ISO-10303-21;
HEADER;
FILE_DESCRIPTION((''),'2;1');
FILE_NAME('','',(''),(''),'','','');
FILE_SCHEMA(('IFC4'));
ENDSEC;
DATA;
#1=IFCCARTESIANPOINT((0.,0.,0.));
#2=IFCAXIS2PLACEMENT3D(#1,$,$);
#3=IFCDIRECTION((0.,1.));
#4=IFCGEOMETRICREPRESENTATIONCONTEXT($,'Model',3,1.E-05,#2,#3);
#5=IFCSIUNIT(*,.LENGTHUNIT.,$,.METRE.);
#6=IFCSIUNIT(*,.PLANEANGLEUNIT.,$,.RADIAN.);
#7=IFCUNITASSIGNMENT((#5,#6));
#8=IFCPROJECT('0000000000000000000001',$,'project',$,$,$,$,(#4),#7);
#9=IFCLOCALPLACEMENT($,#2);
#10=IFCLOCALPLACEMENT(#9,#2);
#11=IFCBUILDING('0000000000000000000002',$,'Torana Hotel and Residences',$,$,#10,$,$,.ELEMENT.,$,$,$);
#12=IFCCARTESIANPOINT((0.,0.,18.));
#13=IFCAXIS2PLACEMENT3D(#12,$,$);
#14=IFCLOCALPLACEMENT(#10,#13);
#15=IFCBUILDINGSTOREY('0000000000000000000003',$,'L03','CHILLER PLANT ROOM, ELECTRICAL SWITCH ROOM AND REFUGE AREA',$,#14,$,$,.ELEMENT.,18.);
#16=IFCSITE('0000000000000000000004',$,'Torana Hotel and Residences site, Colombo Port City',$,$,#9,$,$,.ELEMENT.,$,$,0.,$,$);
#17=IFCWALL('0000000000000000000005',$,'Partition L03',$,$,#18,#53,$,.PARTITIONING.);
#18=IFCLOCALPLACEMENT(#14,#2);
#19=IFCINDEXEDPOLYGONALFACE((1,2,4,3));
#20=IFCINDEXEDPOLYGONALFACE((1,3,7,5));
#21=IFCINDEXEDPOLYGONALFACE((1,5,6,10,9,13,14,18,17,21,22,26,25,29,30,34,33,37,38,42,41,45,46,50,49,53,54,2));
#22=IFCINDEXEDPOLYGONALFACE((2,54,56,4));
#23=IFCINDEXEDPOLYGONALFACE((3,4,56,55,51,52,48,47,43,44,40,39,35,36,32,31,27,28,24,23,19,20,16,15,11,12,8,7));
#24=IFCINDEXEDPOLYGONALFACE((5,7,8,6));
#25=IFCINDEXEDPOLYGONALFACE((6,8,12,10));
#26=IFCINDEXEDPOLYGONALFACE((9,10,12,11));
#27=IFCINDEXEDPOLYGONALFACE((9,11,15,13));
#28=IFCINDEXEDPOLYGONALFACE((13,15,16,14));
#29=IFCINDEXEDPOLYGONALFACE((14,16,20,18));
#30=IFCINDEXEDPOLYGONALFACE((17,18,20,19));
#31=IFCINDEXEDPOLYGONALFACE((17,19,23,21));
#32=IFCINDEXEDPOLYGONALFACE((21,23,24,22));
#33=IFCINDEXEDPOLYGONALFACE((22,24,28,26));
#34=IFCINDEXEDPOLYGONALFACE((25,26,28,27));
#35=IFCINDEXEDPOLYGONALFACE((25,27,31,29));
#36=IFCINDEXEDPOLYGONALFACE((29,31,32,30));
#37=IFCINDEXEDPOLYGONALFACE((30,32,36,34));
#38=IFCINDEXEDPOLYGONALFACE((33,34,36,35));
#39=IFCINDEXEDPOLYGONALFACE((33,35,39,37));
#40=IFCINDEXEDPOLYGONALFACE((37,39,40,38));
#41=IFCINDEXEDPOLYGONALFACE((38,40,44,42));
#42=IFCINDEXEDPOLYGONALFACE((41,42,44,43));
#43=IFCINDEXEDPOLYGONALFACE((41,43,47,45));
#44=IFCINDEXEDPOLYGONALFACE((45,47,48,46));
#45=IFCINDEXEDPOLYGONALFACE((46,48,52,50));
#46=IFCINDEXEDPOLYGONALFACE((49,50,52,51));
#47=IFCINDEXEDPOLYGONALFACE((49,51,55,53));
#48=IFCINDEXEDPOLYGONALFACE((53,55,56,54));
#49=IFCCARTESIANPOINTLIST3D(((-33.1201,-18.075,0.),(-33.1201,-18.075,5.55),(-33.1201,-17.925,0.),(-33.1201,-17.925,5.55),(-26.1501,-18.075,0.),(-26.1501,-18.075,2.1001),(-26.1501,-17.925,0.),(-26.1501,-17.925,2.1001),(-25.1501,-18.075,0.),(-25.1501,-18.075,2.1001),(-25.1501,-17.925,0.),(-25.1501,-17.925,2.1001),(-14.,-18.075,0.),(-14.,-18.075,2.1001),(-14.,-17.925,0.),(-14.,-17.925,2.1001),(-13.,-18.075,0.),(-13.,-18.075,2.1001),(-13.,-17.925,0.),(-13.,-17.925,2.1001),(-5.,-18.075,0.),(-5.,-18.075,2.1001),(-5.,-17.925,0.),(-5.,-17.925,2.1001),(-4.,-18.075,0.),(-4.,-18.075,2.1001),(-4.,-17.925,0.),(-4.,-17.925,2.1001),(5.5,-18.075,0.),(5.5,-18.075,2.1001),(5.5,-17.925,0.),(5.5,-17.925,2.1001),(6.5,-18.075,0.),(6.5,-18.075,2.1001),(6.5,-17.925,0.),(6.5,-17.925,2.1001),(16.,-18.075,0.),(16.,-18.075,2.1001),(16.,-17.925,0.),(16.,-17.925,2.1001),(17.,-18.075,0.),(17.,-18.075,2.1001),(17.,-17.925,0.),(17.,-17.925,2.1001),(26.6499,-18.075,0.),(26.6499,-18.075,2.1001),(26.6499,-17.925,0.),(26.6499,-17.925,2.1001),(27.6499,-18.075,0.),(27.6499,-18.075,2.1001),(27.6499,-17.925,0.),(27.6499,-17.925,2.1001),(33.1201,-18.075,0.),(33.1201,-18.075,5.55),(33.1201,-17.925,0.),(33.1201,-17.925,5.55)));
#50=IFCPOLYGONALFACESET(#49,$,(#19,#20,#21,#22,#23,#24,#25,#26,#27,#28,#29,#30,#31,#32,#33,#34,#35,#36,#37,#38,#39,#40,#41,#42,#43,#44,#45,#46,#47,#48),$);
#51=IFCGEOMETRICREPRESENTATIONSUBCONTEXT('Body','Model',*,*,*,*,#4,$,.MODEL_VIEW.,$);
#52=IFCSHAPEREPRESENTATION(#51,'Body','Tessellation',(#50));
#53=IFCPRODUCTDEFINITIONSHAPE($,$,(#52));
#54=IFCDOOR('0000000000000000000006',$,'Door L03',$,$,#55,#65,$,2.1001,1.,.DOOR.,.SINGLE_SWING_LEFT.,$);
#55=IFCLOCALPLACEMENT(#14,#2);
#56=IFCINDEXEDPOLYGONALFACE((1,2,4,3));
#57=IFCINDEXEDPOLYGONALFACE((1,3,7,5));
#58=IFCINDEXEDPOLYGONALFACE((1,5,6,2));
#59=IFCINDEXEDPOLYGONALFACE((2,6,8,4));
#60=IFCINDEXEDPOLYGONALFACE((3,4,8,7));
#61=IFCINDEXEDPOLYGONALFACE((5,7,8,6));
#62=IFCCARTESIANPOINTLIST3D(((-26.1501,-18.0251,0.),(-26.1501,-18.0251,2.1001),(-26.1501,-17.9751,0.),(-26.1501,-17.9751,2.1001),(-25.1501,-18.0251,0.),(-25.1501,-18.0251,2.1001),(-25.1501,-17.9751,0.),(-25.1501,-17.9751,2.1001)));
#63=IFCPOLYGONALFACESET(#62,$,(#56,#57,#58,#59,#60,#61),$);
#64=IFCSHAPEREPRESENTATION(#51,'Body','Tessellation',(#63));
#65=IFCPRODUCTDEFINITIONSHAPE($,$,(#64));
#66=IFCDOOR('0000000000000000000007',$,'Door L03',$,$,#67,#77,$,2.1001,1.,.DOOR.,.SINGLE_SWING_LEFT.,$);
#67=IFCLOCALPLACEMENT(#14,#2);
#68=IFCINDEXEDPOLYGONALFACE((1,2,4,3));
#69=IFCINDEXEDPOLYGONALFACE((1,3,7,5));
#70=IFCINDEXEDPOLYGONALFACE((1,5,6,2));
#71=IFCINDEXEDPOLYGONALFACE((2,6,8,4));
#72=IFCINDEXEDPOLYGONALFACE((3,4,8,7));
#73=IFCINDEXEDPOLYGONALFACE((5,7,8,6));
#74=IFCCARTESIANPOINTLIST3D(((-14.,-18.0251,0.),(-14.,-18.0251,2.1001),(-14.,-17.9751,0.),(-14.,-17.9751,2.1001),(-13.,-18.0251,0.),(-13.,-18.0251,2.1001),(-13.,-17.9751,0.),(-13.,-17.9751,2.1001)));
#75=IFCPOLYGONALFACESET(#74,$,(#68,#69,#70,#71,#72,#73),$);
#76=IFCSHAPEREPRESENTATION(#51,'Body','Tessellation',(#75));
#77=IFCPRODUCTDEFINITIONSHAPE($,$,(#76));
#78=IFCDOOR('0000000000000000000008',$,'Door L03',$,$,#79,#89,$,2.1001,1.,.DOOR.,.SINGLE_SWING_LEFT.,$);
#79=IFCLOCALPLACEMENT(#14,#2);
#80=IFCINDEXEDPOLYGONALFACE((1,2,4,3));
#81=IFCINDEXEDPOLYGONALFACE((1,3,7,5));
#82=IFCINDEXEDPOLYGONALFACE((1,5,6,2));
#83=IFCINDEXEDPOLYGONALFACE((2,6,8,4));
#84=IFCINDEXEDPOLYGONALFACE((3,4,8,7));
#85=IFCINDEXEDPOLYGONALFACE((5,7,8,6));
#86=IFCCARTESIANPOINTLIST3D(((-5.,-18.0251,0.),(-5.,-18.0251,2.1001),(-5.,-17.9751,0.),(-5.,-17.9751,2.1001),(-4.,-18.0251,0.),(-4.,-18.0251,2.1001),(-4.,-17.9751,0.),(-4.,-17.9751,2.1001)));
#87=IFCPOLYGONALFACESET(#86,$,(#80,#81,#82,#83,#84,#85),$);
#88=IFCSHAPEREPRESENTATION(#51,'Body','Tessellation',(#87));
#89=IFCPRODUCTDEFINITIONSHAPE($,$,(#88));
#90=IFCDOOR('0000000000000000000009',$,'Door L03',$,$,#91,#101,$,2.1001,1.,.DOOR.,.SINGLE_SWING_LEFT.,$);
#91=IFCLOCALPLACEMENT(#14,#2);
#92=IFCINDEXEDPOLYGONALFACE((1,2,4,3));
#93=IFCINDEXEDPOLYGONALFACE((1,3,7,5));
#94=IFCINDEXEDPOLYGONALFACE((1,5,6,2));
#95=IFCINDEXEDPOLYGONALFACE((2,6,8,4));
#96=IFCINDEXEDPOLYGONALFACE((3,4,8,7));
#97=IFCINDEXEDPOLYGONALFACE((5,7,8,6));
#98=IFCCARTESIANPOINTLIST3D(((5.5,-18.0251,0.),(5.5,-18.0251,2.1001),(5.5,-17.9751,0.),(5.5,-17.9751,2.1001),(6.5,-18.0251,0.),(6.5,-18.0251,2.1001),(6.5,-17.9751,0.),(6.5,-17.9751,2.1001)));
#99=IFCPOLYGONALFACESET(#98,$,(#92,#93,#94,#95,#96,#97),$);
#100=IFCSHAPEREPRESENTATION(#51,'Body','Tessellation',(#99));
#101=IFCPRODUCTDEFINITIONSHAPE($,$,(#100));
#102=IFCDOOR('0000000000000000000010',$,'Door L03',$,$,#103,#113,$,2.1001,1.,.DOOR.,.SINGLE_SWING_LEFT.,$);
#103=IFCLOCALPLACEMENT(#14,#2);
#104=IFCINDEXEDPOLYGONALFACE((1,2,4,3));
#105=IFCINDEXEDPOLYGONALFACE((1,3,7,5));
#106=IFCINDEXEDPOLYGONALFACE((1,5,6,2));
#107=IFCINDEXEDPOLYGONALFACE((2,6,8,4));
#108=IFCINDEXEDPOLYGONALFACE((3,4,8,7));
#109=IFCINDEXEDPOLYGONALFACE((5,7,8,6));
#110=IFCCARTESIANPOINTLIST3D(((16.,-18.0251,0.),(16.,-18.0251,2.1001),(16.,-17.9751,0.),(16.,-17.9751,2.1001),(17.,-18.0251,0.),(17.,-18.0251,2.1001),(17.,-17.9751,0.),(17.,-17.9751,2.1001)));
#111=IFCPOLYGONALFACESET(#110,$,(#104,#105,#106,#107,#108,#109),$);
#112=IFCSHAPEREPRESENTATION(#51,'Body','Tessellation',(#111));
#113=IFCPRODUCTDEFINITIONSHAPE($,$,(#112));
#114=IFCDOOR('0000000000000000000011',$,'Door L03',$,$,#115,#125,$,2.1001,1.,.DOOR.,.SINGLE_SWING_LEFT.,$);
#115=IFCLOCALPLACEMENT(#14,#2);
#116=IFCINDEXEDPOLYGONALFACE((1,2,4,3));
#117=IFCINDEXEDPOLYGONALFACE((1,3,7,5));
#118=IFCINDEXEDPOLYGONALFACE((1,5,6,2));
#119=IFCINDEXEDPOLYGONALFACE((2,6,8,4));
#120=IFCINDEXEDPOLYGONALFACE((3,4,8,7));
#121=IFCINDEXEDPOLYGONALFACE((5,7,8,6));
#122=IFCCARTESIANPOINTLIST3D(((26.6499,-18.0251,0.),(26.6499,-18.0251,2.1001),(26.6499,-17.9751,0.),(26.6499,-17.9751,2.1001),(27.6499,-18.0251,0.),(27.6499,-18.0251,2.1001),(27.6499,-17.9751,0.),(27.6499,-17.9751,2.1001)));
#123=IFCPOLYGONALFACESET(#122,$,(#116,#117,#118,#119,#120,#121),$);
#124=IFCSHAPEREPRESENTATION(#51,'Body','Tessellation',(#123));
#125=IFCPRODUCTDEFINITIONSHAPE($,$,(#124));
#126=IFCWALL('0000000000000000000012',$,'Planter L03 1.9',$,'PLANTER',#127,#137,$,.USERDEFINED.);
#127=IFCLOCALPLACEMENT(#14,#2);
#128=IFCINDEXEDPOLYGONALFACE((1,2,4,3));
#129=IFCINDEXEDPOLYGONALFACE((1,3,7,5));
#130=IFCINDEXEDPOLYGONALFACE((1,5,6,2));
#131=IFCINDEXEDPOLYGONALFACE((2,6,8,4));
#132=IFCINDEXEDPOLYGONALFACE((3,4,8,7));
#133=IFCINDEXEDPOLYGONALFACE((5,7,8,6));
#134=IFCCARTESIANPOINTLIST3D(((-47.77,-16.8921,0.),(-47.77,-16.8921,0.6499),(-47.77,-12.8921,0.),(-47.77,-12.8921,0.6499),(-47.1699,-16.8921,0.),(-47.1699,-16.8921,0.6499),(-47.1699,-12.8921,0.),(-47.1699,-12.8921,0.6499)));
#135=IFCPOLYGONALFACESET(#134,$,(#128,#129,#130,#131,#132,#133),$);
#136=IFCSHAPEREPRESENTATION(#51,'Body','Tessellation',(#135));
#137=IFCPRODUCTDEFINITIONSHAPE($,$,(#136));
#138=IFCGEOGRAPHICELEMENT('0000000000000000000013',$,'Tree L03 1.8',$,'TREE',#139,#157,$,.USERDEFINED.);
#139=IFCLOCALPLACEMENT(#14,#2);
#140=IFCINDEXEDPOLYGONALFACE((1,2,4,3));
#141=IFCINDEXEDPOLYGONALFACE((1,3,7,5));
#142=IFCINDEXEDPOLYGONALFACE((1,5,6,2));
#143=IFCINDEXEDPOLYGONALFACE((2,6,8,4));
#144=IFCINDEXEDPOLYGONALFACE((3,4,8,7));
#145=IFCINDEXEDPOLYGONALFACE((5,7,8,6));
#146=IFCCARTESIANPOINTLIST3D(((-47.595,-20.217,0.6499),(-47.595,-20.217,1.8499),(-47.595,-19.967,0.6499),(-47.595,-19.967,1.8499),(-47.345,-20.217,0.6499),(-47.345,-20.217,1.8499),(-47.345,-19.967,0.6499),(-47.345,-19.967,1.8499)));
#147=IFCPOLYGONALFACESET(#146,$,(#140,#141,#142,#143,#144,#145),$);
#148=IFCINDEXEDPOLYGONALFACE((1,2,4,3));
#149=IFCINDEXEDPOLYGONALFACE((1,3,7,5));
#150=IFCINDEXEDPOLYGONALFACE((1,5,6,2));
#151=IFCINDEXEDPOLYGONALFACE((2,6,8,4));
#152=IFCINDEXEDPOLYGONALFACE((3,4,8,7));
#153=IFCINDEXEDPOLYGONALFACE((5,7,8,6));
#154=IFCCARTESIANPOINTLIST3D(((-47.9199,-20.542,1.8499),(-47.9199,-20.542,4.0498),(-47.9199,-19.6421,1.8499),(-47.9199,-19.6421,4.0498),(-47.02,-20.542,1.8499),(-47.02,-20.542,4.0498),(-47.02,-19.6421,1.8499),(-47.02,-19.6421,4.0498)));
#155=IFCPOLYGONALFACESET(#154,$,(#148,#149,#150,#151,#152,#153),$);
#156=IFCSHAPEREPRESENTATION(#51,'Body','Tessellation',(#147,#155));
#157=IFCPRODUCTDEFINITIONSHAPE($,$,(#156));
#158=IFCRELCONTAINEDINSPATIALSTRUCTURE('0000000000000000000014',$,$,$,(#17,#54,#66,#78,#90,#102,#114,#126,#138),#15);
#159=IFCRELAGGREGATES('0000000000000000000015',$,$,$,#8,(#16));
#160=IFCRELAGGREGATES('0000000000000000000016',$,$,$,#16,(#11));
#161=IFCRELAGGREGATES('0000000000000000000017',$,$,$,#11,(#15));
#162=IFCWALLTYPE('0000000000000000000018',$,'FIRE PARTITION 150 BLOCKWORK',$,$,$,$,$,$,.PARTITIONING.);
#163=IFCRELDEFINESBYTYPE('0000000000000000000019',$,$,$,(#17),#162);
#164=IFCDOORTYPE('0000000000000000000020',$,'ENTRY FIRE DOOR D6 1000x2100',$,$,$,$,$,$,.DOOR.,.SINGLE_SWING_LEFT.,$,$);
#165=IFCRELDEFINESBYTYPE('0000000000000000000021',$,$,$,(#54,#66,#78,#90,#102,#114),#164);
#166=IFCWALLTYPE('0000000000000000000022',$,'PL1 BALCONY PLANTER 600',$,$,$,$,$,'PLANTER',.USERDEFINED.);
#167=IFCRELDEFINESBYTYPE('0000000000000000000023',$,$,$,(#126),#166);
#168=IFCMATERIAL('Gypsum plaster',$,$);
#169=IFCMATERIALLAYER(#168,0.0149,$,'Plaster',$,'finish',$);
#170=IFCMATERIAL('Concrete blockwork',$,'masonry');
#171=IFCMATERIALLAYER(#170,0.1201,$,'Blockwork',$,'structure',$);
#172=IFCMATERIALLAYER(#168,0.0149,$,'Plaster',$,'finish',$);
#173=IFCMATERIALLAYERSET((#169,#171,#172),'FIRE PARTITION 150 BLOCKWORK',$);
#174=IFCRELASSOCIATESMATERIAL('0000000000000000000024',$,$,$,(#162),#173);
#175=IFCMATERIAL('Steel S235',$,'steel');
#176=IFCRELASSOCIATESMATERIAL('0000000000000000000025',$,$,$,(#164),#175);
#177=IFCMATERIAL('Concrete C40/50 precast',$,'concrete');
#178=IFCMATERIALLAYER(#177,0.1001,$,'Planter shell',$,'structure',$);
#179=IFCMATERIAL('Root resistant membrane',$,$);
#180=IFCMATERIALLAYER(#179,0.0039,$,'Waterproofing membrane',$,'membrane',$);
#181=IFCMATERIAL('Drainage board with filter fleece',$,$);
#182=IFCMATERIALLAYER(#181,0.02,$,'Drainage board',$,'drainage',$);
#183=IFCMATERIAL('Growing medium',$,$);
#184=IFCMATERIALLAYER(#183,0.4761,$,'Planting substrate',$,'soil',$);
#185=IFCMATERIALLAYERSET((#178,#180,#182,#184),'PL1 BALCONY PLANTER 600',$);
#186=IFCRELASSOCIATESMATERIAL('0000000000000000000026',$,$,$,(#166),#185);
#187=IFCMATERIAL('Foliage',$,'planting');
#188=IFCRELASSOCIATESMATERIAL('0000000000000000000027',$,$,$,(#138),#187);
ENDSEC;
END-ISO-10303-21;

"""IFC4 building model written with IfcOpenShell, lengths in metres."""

from ifc_helpers import new_model, si_unit, direction, frame, frame_2d, origin, origin_2d, place, context, subcontext, project, spatial, rectangle, extrude, material, layer, layer_set, type_object, element, fill, save


model = new_model("IFC4")

# Units and contexts
model_context = context("Model", 3, precision=1e-05, world=origin(), true_north=direction((0.0, 1.0)))
body_context = subcontext(model_context, "Body", "Model", "MODEL_VIEW")
ifc_project = project(units=[si_unit("LENGTHUNIT", "METRE"), si_unit("PLANEANGLEUNIT", "RADIAN")], contexts=[model_context])

# Site, building, storey
site_placement = place(None, origin())
site = spatial("IfcSite", under=ifc_project, at=site_placement, Name="Torana Hotel and Residences site, Colombo Port City", CompositionType="ELEMENT", RefElevation=0.0)
building_placement = place(site_placement, origin())
building = spatial("IfcBuilding", under=site, at=building_placement, Name="Torana Hotel and Residences", CompositionType="ELEMENT")
storey_placement = place(building_placement, frame((0.0, 0.0, 18.0)))
storey = spatial("IfcBuildingStorey", under=building, at=storey_placement, Name="L03", Description="CHILLER PLANT ROOM, ELECTRICAL SWITCH ROOM AND REFUGE AREA", CompositionType="ELEMENT", Elevation=18.0)

# Wall, openings, doors
ifc_material_1 = material(Name="Gypsum plaster")
ifc_layer_1 = layer(ifc_material_1, 0.0149, Name="Plaster", Category="finish")
ifc_material_2 = material(Name="Concrete blockwork", Category="masonry")
ifc_layer_2 = layer(ifc_material_2, 0.1201, Name="Blockwork", Category="structure")
ifc_layer_3 = layer(ifc_material_1, 0.0149, Name="Plaster", Category="finish")
ifc_layer_set_1 = layer_set([ifc_layer_1, ifc_layer_2, ifc_layer_3], Name="FIRE PARTITION 150 BLOCKWORK")
wall_type_1 = type_object("IfcWallType", Name="FIRE PARTITION 150 BLOCKWORK", PredefinedType="PARTITIONING", material=ifc_layer_set_1)
wall_1_placement = place(storey_placement, frame((-33.1201, -18.0, 0.0), z_axis=(0.0, 0.0, 1.0), x_axis=(1.0, 0.0, 0.0)))
wall_1 = element("IfcWall", 1, at=wall_1_placement, inside=storey, type_object=wall_type_1, Name="Partition L03", PredefinedType="PARTITIONING", context=body_context, shape_type="SweptSolid", body=[
    extrude(rectangle(XDim=66.2402, YDim=0.1499, at=frame_2d((33.1201, 0.0))), origin(), (0.0, 0.0, 1.0), 5.55),
])
opening_1_placement = place(wall_1_placement, frame((6.97, 0.0, 0.0)))
opening_1 = element("IfcOpeningElement", 2, at=opening_1_placement, cuts=wall_1, PredefinedType="OPENING", context=body_context, shape_type="SweptSolid", body=[
    extrude(rectangle(XDim=1.0, YDim=2.1001, at=frame_2d((0.5, 1.05))), frame((0.0, 0.085, 0.0), z_axis=(0.0, -1.0, 0.0), x_axis=(1.0, 0.0, 0.0)), (0.0, 0.0, 1.0), 0.1699),
])
opening_2_placement = place(wall_1_placement, frame((19.1201, 0.0, 0.0)))
opening_2 = element("IfcOpeningElement", 3, at=opening_2_placement, cuts=wall_1, PredefinedType="OPENING", context=body_context, shape_type="SweptSolid", body=[
    extrude(rectangle(XDim=1.0, YDim=2.1001, at=frame_2d((0.5, 1.05))), frame((0.0, 0.085, 0.0), z_axis=(0.0, -1.0, 0.0), x_axis=(1.0, 0.0, 0.0)), (0.0, 0.0, 1.0), 0.1699),
])
opening_3_placement = place(wall_1_placement, frame((28.1201, 0.0, 0.0)))
opening_3 = element("IfcOpeningElement", 4, at=opening_3_placement, cuts=wall_1, PredefinedType="OPENING", context=body_context, shape_type="SweptSolid", body=[
    extrude(rectangle(XDim=1.0, YDim=2.1001, at=frame_2d((0.5, 1.05))), frame((0.0, 0.085, 0.0), z_axis=(0.0, -1.0, 0.0), x_axis=(1.0, 0.0, 0.0)), (0.0, 0.0, 1.0), 0.1699),
])
opening_4_placement = place(wall_1_placement, frame((38.6201, 0.0, 0.0)))
opening_4 = element("IfcOpeningElement", 5, at=opening_4_placement, cuts=wall_1, PredefinedType="OPENING", context=body_context, shape_type="SweptSolid", body=[
    extrude(rectangle(XDim=1.0, YDim=2.1001, at=frame_2d((0.5, 1.05))), frame((0.0, 0.085, 0.0), z_axis=(0.0, -1.0, 0.0), x_axis=(1.0, 0.0, 0.0)), (0.0, 0.0, 1.0), 0.1699),
])
opening_5_placement = place(wall_1_placement, frame((49.1201, 0.0, 0.0)))
opening_5 = element("IfcOpeningElement", 6, at=opening_5_placement, cuts=wall_1, PredefinedType="OPENING", context=body_context, shape_type="SweptSolid", body=[
    extrude(rectangle(XDim=1.0, YDim=2.1001, at=frame_2d((0.5, 1.05))), frame((0.0, 0.085, 0.0), z_axis=(0.0, -1.0, 0.0), x_axis=(1.0, 0.0, 0.0)), (0.0, 0.0, 1.0), 0.1699),
])
opening_6_placement = place(wall_1_placement, frame((59.77, 0.0, 0.0)))
opening_6 = element("IfcOpeningElement", 7, at=opening_6_placement, cuts=wall_1, PredefinedType="OPENING", context=body_context, shape_type="SweptSolid", body=[
    extrude(rectangle(XDim=1.0, YDim=2.1001, at=frame_2d((0.5, 1.05))), frame((0.0, 0.085, 0.0), z_axis=(0.0, -1.0, 0.0), x_axis=(1.0, 0.0, 0.0)), (0.0, 0.0, 1.0), 0.1699),
])
ifc_material_3 = material(Name="Steel S235", Category="steel")
door_type_1 = type_object("IfcDoorType", Name="ENTRY FIRE DOOR D6 1000x2100", OperationType="SINGLE_SWING_LEFT", PredefinedType="DOOR", material=ifc_material_3)
door_1_placement = place(opening_1_placement, frame((0.5, 0.0, 0.0), z_axis=(0.0, 0.0, 1.0), x_axis=(-1.0, 0.0, 0.0)))
door_1 = element("IfcDoor", 8, at=door_1_placement, inside=storey, type_object=door_type_1, Name="Door L03", OperationType="SINGLE_SWING_LEFT", OverallHeight=2.1001, OverallWidth=1.0, PredefinedType="DOOR", context=body_context, shape_type="SweptSolid", body=[
    extrude(rectangle(XDim=1.0, YDim=2.1001, at=frame_2d((0.0, 1.05))), frame((0.0, -0.0249, 0.0), z_axis=(0.0, 1.0, 0.0), x_axis=(-1.0, 0.0, 0.0)), (0.0, 0.0, 1.0), 0.05),
])
fill(opening_1, door_1)
door_2_placement = place(opening_2_placement, frame((0.5, 0.0, 0.0), z_axis=(0.0, 0.0, 1.0), x_axis=(-1.0, 0.0, 0.0)))
door_2 = element("IfcDoor", 9, at=door_2_placement, inside=storey, type_object=door_type_1, Name="Door L03", OperationType="SINGLE_SWING_LEFT", OverallHeight=2.1001, OverallWidth=1.0, PredefinedType="DOOR", context=body_context, shape_type="SweptSolid", body=[
    extrude(rectangle(XDim=1.0, YDim=2.1001, at=frame_2d((0.0, 1.05))), frame((0.0, -0.0249, 0.0), z_axis=(0.0, 1.0, 0.0), x_axis=(-1.0, 0.0, 0.0)), (0.0, 0.0, 1.0), 0.05),
])
fill(opening_2, door_2)
door_3_placement = place(opening_3_placement, frame((0.5, 0.0, 0.0), z_axis=(0.0, 0.0, 1.0), x_axis=(-1.0, 0.0, 0.0)))
door_3 = element("IfcDoor", 10, at=door_3_placement, inside=storey, type_object=door_type_1, Name="Door L03", OperationType="SINGLE_SWING_LEFT", OverallHeight=2.1001, OverallWidth=1.0, PredefinedType="DOOR", context=body_context, shape_type="SweptSolid", body=[
    extrude(rectangle(XDim=1.0, YDim=2.1001, at=frame_2d((0.0, 1.05))), frame((0.0, -0.0249, 0.0), z_axis=(0.0, 1.0, 0.0), x_axis=(-1.0, 0.0, 0.0)), (0.0, 0.0, 1.0), 0.05),
])
fill(opening_3, door_3)
door_4_placement = place(opening_4_placement, frame((0.5, 0.0, 0.0), z_axis=(0.0, 0.0, 1.0), x_axis=(-1.0, 0.0, 0.0)))
door_4 = element("IfcDoor", 11, at=door_4_placement, inside=storey, type_object=door_type_1, Name="Door L03", OperationType="SINGLE_SWING_LEFT", OverallHeight=2.1001, OverallWidth=1.0, PredefinedType="DOOR", context=body_context, shape_type="SweptSolid", body=[
    extrude(rectangle(XDim=1.0, YDim=2.1001, at=frame_2d((0.0, 1.05))), frame((0.0, -0.0249, 0.0), z_axis=(0.0, 1.0, 0.0), x_axis=(-1.0, 0.0, 0.0)), (0.0, 0.0, 1.0), 0.05),
])
fill(opening_4, door_4)
door_5_placement = place(opening_5_placement, frame((0.5, 0.0, 0.0), z_axis=(0.0, 0.0, 1.0), x_axis=(-1.0, 0.0, 0.0)))
door_5 = element("IfcDoor", 12, at=door_5_placement, inside=storey, type_object=door_type_1, Name="Door L03", OperationType="SINGLE_SWING_LEFT", OverallHeight=2.1001, OverallWidth=1.0, PredefinedType="DOOR", context=body_context, shape_type="SweptSolid", body=[
    extrude(rectangle(XDim=1.0, YDim=2.1001, at=frame_2d((0.0, 1.05))), frame((0.0, -0.0249, 0.0), z_axis=(0.0, 1.0, 0.0), x_axis=(-1.0, 0.0, 0.0)), (0.0, 0.0, 1.0), 0.05),
])
fill(opening_5, door_5)
door_6_placement = place(opening_6_placement, frame((0.5, 0.0, 0.0), z_axis=(0.0, 0.0, 1.0), x_axis=(-1.0, 0.0, 0.0)))
door_6 = element("IfcDoor", 13, at=door_6_placement, inside=storey, type_object=door_type_1, Name="Door L03", OperationType="SINGLE_SWING_LEFT", OverallHeight=2.1001, OverallWidth=1.0, PredefinedType="DOOR", context=body_context, shape_type="SweptSolid", body=[
    extrude(rectangle(XDim=1.0, YDim=2.1001, at=frame_2d((0.0, 1.05))), frame((0.0, -0.0249, 0.0), z_axis=(0.0, 1.0, 0.0), x_axis=(-1.0, 0.0, 0.0)), (0.0, 0.0, 1.0), 0.05),
])
fill(opening_6, door_6)

# Wall
ifc_material_4 = material(Name="Concrete C40/50 precast", Category="concrete")
ifc_layer_4 = layer(ifc_material_4, 0.1001, Name="Planter shell", Category="structure")
ifc_material_5 = material(Name="Root resistant membrane")
ifc_layer_5 = layer(ifc_material_5, 0.0039, Name="Waterproofing membrane", Category="membrane")
ifc_material_6 = material(Name="Drainage board with filter fleece")
ifc_layer_6 = layer(ifc_material_6, 0.02, Name="Drainage board", Category="drainage")
ifc_material_7 = material(Name="Growing medium")
ifc_layer_7 = layer(ifc_material_7, 0.4761, Name="Planting substrate", Category="soil")
ifc_layer_set_2 = layer_set([ifc_layer_4, ifc_layer_5, ifc_layer_6, ifc_layer_7], Name="PL1 BALCONY PLANTER 600")
wall_type_2 = type_object("IfcWallType", Name="PL1 BALCONY PLANTER 600", ElementType="PLANTER", PredefinedType="USERDEFINED", material=ifc_layer_set_2)
wall_2_placement = place(storey_placement, frame((-47.47, -16.8921, 0.0), z_axis=(0.0, 0.0, 1.0), x_axis=(0.0, 1.0, 0.0)))
element("IfcWall", 14, at=wall_2_placement, inside=storey, type_object=wall_type_2, Name="Planter L03 1.9", ObjectType="PLANTER", PredefinedType="USERDEFINED", context=body_context, shape_type="SweptSolid", body=[
    extrude(rectangle(XDim=4.0, YDim=0.6001, at=frame_2d((2.0, 0.0))), origin(), (0.0, 0.0, 1.0), 0.6499),
])

# Geographic element
ifc_material_8 = material(Name="Foliage", Category="planting")
geographic_element_placement = place(storey_placement, frame((-47.47, -20.092, 0.6499), z_axis=(0.0, 0.0, 1.0), x_axis=(1.0, 0.0, 0.0)))
element("IfcGeographicElement", 15, at=geographic_element_placement, inside=storey, material=ifc_material_8, Name="Tree L03 1.8", ObjectType="TREE", PredefinedType="USERDEFINED", context=body_context, shape_type="SweptSolid", body=[
    extrude(rectangle(XDim=0.25, YDim=0.25, at=origin_2d()), origin(), (0.0, 0.0, 1.0), 1.2),
    extrude(rectangle(XDim=0.8999, YDim=0.8999, at=origin_2d()), frame((0.0, 0.0, 1.2)), (0.0, 0.0, 1.0), 2.2),
])

save(model, "model.ifc")
